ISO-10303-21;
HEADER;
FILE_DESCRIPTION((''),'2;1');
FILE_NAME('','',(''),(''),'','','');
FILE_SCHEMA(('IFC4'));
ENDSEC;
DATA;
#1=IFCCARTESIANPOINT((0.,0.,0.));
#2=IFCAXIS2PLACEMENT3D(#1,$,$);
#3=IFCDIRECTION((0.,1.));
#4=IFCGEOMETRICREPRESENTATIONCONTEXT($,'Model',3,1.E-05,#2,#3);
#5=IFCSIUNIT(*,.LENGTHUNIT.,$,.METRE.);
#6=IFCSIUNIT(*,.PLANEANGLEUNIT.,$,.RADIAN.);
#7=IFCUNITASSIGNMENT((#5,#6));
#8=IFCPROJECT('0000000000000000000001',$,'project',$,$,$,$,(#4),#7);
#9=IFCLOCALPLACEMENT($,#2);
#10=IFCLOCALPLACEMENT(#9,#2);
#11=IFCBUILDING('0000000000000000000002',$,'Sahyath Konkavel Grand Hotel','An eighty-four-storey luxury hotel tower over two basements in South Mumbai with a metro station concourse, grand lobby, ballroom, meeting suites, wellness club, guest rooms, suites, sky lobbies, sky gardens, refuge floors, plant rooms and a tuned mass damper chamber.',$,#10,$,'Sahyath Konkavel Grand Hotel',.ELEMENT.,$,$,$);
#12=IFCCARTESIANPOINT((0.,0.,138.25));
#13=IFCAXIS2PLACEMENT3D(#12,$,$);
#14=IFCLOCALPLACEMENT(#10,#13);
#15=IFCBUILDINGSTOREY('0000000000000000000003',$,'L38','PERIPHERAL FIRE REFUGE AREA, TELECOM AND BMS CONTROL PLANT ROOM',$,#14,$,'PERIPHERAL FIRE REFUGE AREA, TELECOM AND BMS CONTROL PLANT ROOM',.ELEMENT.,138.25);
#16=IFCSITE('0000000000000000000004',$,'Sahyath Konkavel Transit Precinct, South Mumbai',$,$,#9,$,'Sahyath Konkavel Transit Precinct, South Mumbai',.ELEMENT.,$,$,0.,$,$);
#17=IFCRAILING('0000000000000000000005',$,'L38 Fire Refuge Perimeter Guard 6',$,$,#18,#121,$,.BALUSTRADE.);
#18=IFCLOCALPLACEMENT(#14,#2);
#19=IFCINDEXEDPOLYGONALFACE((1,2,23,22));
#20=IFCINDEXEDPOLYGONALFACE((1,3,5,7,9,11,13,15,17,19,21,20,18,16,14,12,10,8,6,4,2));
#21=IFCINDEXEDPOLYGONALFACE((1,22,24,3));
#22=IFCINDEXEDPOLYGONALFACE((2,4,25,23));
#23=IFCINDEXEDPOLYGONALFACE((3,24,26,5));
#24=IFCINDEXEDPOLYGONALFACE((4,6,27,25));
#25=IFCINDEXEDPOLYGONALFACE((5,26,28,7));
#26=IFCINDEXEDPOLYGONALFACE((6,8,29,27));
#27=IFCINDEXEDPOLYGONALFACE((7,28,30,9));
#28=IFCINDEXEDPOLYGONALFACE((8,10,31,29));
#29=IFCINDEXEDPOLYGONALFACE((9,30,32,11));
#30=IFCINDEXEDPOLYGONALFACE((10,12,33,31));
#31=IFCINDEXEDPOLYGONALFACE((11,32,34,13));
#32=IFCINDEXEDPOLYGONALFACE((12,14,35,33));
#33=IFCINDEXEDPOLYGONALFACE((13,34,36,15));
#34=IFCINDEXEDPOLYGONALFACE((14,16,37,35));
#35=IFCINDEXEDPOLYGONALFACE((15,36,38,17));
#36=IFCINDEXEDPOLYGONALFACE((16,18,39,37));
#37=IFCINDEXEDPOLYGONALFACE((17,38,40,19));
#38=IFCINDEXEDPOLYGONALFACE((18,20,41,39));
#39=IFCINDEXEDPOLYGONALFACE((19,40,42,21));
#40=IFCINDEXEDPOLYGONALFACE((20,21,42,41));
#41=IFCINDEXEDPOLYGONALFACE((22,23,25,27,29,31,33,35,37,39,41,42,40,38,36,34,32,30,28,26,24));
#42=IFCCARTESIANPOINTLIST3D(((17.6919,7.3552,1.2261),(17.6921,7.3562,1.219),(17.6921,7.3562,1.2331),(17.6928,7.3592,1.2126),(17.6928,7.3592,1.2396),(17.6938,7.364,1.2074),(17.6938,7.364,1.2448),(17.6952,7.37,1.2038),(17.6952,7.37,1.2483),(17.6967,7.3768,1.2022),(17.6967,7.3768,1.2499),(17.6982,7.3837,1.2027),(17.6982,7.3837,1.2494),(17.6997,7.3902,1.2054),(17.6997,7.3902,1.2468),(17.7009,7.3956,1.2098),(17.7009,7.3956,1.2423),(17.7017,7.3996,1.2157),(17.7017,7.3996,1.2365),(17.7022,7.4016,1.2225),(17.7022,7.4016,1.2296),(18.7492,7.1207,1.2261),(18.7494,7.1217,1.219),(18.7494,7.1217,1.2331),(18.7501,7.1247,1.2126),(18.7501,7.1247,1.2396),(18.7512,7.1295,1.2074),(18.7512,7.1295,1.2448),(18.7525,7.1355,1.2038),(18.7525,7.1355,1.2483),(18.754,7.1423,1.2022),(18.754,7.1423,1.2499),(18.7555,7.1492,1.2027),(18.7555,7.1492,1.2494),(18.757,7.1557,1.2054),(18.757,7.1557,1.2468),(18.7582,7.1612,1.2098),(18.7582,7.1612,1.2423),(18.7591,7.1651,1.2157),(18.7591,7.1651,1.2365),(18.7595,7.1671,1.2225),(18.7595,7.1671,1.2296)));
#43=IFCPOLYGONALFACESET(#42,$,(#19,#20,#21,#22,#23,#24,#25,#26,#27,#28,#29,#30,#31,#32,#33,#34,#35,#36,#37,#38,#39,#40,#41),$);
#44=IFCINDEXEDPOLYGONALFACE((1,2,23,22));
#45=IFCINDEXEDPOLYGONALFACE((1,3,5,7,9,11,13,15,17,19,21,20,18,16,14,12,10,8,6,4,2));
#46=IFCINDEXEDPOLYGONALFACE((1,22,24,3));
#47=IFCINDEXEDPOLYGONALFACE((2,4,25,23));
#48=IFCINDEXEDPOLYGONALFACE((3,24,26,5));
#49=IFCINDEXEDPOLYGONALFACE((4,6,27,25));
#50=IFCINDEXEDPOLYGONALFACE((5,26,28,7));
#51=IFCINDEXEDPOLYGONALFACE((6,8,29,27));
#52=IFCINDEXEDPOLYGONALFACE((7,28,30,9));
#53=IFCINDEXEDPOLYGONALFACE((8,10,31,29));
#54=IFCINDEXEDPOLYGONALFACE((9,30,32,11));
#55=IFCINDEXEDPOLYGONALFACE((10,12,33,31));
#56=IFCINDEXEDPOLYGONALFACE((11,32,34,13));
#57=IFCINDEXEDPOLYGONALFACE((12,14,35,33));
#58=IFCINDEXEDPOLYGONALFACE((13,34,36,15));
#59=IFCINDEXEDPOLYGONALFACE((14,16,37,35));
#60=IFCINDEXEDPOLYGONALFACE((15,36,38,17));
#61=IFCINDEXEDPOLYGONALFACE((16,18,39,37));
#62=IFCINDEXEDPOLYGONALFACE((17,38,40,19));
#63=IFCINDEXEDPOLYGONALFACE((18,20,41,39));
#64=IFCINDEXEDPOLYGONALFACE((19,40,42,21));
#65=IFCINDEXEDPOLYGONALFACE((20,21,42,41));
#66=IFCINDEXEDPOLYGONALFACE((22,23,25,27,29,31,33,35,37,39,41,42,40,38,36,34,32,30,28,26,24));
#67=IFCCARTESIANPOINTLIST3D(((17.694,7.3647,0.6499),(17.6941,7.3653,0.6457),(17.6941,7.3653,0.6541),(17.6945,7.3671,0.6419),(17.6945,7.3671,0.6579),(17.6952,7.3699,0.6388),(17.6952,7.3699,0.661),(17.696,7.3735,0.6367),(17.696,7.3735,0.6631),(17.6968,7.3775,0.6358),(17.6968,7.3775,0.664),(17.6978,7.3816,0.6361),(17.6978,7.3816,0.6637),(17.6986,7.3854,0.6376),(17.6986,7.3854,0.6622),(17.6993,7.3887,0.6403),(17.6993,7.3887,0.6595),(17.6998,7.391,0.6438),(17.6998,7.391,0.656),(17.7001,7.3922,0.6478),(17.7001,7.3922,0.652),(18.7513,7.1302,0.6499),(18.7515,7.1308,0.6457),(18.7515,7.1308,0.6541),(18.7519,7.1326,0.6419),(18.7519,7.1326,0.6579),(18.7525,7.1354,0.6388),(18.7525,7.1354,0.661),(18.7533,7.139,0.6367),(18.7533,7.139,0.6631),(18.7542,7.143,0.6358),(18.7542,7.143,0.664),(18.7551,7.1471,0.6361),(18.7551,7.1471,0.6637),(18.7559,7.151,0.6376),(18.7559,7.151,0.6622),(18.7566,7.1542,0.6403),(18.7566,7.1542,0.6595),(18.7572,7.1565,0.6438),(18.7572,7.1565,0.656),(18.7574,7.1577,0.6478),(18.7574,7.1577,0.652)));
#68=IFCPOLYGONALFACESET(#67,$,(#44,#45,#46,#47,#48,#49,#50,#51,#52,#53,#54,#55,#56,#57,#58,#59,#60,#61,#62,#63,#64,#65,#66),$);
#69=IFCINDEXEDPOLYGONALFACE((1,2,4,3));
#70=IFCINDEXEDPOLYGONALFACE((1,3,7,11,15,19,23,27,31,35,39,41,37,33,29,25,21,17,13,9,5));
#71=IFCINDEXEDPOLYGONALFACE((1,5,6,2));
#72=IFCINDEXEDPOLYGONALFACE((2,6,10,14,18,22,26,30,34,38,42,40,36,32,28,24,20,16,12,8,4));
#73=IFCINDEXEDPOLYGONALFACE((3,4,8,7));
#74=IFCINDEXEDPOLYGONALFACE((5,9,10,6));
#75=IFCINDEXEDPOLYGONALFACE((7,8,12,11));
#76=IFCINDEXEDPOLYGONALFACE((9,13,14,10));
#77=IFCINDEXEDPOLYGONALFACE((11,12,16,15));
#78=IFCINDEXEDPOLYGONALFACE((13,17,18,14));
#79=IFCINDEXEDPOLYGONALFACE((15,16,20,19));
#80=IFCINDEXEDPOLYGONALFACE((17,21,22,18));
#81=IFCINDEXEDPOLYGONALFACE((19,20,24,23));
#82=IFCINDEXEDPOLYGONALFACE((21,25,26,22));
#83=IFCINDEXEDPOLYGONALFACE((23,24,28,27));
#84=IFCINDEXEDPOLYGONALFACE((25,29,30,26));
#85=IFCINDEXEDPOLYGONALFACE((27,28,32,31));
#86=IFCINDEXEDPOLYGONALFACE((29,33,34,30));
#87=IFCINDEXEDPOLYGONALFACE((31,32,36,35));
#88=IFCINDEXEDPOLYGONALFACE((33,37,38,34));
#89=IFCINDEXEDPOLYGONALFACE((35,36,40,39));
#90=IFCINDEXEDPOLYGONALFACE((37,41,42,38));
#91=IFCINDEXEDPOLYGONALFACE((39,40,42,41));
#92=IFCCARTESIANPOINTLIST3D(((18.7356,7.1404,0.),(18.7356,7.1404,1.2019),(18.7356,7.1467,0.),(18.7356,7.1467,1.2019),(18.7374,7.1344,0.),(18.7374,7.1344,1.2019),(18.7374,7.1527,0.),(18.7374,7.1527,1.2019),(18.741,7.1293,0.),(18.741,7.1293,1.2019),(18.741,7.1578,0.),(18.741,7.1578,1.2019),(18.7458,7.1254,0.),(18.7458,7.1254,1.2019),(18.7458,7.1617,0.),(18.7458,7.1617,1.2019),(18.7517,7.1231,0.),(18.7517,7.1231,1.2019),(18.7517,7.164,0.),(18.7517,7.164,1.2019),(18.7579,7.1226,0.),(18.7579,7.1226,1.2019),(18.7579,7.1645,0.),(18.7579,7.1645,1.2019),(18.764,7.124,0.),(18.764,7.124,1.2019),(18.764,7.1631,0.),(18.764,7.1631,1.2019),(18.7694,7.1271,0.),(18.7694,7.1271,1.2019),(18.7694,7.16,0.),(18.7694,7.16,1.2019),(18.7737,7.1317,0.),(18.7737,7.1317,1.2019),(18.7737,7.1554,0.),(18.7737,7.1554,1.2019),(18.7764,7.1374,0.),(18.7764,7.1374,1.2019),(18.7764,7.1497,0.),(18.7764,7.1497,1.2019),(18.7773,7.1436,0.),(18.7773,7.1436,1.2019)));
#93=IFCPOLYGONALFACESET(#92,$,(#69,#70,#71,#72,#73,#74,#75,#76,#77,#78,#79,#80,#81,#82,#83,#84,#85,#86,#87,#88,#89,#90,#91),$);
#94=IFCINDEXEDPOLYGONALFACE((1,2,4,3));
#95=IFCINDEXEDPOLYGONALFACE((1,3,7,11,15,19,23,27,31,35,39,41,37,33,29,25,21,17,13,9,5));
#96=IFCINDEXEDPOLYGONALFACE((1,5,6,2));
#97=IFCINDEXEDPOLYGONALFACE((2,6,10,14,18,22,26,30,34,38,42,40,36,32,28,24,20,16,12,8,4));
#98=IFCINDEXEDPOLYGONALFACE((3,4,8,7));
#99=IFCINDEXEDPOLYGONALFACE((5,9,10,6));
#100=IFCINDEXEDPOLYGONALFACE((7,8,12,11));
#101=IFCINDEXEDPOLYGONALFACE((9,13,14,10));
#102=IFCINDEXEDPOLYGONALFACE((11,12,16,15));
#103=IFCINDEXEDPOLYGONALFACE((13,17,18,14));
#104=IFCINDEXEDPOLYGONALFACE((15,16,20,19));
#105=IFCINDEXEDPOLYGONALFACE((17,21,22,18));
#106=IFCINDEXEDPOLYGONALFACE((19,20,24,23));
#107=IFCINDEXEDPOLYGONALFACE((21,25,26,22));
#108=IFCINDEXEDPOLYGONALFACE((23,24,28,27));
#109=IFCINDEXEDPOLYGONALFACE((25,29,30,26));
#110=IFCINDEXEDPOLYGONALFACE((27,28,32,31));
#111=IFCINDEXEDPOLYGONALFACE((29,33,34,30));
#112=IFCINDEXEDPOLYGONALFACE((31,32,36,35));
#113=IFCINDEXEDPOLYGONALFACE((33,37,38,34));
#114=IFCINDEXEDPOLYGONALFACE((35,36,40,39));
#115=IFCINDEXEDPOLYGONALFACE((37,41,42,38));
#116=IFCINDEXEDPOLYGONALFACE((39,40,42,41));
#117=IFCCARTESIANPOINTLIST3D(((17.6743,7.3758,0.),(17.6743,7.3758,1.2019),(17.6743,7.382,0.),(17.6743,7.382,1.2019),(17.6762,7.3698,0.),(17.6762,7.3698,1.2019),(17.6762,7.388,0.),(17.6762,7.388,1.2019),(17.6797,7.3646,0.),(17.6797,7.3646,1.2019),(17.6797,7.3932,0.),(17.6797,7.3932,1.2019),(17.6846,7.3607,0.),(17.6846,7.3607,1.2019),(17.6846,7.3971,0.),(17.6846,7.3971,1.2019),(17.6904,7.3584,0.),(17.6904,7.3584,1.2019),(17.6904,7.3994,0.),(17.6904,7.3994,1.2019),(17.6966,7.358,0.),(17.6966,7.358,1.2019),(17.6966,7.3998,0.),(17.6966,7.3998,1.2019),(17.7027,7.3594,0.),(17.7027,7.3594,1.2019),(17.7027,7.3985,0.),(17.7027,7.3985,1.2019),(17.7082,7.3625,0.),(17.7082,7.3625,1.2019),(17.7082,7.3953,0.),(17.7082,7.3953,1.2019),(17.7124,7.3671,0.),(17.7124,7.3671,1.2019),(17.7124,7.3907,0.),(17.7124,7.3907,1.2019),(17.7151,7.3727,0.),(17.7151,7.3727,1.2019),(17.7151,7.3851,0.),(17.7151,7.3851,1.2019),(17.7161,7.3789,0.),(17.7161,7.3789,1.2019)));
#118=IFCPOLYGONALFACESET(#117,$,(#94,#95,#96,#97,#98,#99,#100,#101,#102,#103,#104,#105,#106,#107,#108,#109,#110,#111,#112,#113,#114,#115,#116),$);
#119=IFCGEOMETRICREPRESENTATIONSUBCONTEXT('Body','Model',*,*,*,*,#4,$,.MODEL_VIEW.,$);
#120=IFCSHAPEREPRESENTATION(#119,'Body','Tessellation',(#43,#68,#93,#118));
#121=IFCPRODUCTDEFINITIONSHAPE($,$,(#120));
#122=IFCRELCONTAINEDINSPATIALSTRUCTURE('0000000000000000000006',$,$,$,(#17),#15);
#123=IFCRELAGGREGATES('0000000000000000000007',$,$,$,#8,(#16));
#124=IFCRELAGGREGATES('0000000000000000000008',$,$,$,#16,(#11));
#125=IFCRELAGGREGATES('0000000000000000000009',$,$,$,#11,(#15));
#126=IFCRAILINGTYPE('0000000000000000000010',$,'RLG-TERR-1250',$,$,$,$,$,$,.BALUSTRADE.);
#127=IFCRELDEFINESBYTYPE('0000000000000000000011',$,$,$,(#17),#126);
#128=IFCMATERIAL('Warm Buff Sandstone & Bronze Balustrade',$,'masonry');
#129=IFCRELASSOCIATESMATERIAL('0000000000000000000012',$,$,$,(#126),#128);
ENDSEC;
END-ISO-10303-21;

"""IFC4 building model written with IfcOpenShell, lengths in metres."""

from ifc_helpers import new_model, si_unit, direction, frame, origin, origin_2d, place, context, subcontext, project, spatial, circle, extrude, material, type_object, element, save


model = new_model("IFC4")

# Units and contexts
model_context = context("Model", 3, precision=1e-05, world=origin(), true_north=direction((0.0, 1.0)))
body_context = subcontext(model_context, "Body", "Model", "MODEL_VIEW")
ifc_project = project(units=[si_unit("LENGTHUNIT", "METRE"), si_unit("PLANEANGLEUNIT", "RADIAN")], contexts=[model_context])

# Site, building, storey
site_placement = place(None, origin())
site = spatial("IfcSite", under=ifc_project, at=site_placement, Name="Sahyath Konkavel Transit Precinct, South Mumbai", LongName="Sahyath Konkavel Transit Precinct, South Mumbai", CompositionType="ELEMENT", RefElevation=0.0)
building_placement = place(site_placement, origin())
building = spatial("IfcBuilding", under=site, at=building_placement, Name="Sahyath Konkavel Grand Hotel", Description="An eighty-four-storey luxury hotel tower over two basements in South Mumbai with a metro station concourse, grand lobby, ballroom, meeting suites, wellness club, guest rooms, suites, sky lobbies, sky gardens, refuge floors, plant rooms and a tuned mass damper chamber.", LongName="Sahyath Konkavel Grand Hotel", CompositionType="ELEMENT")
storey_placement = place(building_placement, frame((0.0, 0.0, 138.25)))
storey = spatial("IfcBuildingStorey", under=building, at=storey_placement, Name="L38", Description="PERIPHERAL FIRE REFUGE AREA, TELECOM AND BMS CONTROL PLANT ROOM", LongName="PERIPHERAL FIRE REFUGE AREA, TELECOM AND BMS CONTROL PLANT ROOM", CompositionType="ELEMENT", Elevation=138.25)

# Railing
ifc_material_1 = material(Name="Warm Buff Sandstone & Bronze Balustrade", Category="masonry")
railing_type = type_object("IfcRailingType", Name="RLG-TERR-1250", PredefinedType="BALUSTRADE", material=ifc_material_1)
railing_1_placement = place(storey_placement, frame((18.7563, 7.1436, 0.0)))
element("IfcRailing", 1, at=railing_1_placement, inside=storey, type_object=railing_type, Name="L38 Fire Refuge Perimeter Guard 6", PredefinedType="BALUSTRADE", context=body_context, shape_type="SweptSolid", body=[
    extrude(circle(Radius=0.0239, at=origin_2d()), frame((-0.002, 0.0005, 1.2261), z_axis=(-0.976282, 0.216502, 0.0), x_axis=(-0.216502, -0.976282, 0.0)), (0.0, 0.0, 1.0), 1.083),
    extrude(circle(Radius=0.0142, at=origin_2d()), frame((-0.002, 0.0005, 0.6499), z_axis=(-0.976282, 0.216502, 0.0), x_axis=(-0.216502, -0.976282, 0.0)), (0.0, 0.0, 1.0), 1.083),
    extrude(circle(Radius=0.021, at=origin_2d()), origin(), (0.0, 0.0, 1.0), 1.2019),
    extrude(circle(Radius=0.021, at=origin_2d()), frame((-1.0613, 0.2354, 0.0)), (0.0, 0.0, 1.0), 1.2019),
])

save(model, "model.ifc")
